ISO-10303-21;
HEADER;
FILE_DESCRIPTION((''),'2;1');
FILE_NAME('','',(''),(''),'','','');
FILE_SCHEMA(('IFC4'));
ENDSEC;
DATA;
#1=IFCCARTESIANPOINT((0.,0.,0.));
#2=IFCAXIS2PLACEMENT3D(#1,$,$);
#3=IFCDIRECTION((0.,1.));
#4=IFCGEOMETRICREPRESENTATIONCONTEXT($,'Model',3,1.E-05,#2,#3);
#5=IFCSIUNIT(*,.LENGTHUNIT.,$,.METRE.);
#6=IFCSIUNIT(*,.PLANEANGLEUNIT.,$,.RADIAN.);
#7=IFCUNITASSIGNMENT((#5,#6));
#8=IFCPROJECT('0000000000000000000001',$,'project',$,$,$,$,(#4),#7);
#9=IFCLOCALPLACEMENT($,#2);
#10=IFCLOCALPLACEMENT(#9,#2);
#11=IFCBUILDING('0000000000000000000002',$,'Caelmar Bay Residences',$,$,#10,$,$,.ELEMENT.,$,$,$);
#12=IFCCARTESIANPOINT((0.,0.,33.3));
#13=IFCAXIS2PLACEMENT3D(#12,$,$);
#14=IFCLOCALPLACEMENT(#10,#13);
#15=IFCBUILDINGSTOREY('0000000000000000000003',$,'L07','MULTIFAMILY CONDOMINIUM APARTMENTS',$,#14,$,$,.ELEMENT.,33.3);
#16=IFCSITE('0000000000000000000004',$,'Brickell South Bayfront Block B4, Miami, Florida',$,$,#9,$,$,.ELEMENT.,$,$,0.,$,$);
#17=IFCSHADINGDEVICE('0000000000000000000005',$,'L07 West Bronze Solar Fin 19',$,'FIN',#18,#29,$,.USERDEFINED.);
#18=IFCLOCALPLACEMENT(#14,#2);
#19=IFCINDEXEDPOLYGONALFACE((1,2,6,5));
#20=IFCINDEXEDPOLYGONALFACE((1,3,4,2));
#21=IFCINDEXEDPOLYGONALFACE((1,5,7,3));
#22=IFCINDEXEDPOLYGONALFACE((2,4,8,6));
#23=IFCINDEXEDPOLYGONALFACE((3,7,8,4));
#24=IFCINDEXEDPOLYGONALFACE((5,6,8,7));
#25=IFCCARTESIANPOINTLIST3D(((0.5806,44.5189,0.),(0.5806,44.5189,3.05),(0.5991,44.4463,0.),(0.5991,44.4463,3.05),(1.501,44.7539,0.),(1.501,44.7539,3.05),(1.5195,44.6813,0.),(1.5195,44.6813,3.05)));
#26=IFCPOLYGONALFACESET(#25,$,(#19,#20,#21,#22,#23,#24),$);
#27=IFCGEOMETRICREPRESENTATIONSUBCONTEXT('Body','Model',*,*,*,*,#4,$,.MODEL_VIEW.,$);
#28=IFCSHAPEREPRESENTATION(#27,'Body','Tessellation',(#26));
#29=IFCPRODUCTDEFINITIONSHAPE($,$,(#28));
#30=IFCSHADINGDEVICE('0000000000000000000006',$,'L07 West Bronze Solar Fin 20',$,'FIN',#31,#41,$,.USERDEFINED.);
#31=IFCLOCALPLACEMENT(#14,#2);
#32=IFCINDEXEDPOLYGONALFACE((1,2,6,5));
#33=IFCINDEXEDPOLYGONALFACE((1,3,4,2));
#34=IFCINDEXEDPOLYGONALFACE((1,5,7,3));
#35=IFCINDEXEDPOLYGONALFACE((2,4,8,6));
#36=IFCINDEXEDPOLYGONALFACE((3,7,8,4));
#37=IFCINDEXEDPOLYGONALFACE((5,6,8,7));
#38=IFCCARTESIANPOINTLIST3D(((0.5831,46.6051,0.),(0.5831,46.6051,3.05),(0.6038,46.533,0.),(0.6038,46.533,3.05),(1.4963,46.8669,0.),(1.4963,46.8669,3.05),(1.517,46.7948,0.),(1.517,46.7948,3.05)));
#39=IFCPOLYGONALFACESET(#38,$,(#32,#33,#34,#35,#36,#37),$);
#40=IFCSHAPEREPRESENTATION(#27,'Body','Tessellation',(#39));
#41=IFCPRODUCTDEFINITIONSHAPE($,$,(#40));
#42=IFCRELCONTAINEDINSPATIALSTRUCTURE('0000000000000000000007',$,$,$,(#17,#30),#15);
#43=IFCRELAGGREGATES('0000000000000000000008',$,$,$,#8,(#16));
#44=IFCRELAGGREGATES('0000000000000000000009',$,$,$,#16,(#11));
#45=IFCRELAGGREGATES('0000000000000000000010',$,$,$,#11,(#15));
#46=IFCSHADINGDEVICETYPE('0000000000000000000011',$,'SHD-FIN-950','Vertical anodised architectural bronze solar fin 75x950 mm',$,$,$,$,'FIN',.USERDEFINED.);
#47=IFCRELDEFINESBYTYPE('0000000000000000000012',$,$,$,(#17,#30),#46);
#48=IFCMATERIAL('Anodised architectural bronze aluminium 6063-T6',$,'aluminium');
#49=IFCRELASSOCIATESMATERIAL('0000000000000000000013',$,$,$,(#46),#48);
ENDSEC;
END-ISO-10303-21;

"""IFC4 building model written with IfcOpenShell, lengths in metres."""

from ifc_helpers import new_model, si_unit, direction, frame, origin, origin_2d, place, context, subcontext, project, spatial, rectangle, extrude, material, material_profile, profile_set, type_object, element, save


model = new_model("IFC4")

# Units and contexts
model_context = context("Model", 3, precision=1e-05, world=origin(), true_north=direction((0.0, 1.0)))
body_context = subcontext(model_context, "Body", "Model", "MODEL_VIEW")
ifc_project = project(units=[si_unit("LENGTHUNIT", "METRE"), si_unit("PLANEANGLEUNIT", "RADIAN")], contexts=[model_context])

# Site, building, storey
site_placement = place(None, origin())
site = spatial("IfcSite", under=ifc_project, at=site_placement, Name="Brickell South Bayfront Block B4, Miami, Florida", CompositionType="ELEMENT", RefElevation=0.0)
building_placement = place(site_placement, origin())
building = spatial("IfcBuilding", under=site, at=building_placement, Name="Caelmar Bay Residences", CompositionType="ELEMENT")
storey_placement = place(building_placement, frame((0.0, 0.0, 33.3)))
storey = spatial("IfcBuildingStorey", under=building, at=storey_placement, Name="L07", Description="MULTIFAMILY CONDOMINIUM APARTMENTS", CompositionType="ELEMENT", Elevation=33.3)

# Shading devices
ifc_material_1 = material(Name="Anodised architectural bronze aluminium 6063-T6", Category="aluminium")
ifc_material_profile_1 = material_profile(ifc_material_1, rectangle(XDim=0.075, YDim=0.95, at=origin_2d()), Name="BRONZE-FIN-75X950")
ifc_profile_set_1 = profile_set([ifc_material_profile_1], Name="Anodised architectural bronze aluminium 6063-T6")
shading_device_type = type_object("IfcShadingDeviceType", Name="SHD-FIN-950", Description="Vertical anodised architectural bronze solar fin 75x950 mm", ElementType="FIN", PredefinedType="USERDEFINED", material=ifc_profile_set_1)
for number, where, z_axis, x_axis, name in (
    (1, (1.05, 44.6001, 0.0), (0.0, 0.0, 1.0), (-0.247337, 0.968929, 0.0), "L07 West Bronze Solar Fin 19"),
    (2, (1.05, 46.7, 0.0), (0.0, 0.0, 1.0), (-0.275637, 0.961262, 0.0), "L07 West Bronze Solar Fin 20"),
):
    element("IfcShadingDevice", number, at=place(storey_placement, frame(where, z_axis=z_axis, x_axis=x_axis)), inside=storey, type_object=shading_device_type, Name=name, ObjectType="FIN", PredefinedType="USERDEFINED", context=body_context, shape_type="SweptSolid", body=[
        extrude(rectangle(XDim=0.075, YDim=0.95, at=origin_2d()), origin(), (0.0, 0.0, 1.0), 3.05),
    ])

save(model, "model.ifc")
